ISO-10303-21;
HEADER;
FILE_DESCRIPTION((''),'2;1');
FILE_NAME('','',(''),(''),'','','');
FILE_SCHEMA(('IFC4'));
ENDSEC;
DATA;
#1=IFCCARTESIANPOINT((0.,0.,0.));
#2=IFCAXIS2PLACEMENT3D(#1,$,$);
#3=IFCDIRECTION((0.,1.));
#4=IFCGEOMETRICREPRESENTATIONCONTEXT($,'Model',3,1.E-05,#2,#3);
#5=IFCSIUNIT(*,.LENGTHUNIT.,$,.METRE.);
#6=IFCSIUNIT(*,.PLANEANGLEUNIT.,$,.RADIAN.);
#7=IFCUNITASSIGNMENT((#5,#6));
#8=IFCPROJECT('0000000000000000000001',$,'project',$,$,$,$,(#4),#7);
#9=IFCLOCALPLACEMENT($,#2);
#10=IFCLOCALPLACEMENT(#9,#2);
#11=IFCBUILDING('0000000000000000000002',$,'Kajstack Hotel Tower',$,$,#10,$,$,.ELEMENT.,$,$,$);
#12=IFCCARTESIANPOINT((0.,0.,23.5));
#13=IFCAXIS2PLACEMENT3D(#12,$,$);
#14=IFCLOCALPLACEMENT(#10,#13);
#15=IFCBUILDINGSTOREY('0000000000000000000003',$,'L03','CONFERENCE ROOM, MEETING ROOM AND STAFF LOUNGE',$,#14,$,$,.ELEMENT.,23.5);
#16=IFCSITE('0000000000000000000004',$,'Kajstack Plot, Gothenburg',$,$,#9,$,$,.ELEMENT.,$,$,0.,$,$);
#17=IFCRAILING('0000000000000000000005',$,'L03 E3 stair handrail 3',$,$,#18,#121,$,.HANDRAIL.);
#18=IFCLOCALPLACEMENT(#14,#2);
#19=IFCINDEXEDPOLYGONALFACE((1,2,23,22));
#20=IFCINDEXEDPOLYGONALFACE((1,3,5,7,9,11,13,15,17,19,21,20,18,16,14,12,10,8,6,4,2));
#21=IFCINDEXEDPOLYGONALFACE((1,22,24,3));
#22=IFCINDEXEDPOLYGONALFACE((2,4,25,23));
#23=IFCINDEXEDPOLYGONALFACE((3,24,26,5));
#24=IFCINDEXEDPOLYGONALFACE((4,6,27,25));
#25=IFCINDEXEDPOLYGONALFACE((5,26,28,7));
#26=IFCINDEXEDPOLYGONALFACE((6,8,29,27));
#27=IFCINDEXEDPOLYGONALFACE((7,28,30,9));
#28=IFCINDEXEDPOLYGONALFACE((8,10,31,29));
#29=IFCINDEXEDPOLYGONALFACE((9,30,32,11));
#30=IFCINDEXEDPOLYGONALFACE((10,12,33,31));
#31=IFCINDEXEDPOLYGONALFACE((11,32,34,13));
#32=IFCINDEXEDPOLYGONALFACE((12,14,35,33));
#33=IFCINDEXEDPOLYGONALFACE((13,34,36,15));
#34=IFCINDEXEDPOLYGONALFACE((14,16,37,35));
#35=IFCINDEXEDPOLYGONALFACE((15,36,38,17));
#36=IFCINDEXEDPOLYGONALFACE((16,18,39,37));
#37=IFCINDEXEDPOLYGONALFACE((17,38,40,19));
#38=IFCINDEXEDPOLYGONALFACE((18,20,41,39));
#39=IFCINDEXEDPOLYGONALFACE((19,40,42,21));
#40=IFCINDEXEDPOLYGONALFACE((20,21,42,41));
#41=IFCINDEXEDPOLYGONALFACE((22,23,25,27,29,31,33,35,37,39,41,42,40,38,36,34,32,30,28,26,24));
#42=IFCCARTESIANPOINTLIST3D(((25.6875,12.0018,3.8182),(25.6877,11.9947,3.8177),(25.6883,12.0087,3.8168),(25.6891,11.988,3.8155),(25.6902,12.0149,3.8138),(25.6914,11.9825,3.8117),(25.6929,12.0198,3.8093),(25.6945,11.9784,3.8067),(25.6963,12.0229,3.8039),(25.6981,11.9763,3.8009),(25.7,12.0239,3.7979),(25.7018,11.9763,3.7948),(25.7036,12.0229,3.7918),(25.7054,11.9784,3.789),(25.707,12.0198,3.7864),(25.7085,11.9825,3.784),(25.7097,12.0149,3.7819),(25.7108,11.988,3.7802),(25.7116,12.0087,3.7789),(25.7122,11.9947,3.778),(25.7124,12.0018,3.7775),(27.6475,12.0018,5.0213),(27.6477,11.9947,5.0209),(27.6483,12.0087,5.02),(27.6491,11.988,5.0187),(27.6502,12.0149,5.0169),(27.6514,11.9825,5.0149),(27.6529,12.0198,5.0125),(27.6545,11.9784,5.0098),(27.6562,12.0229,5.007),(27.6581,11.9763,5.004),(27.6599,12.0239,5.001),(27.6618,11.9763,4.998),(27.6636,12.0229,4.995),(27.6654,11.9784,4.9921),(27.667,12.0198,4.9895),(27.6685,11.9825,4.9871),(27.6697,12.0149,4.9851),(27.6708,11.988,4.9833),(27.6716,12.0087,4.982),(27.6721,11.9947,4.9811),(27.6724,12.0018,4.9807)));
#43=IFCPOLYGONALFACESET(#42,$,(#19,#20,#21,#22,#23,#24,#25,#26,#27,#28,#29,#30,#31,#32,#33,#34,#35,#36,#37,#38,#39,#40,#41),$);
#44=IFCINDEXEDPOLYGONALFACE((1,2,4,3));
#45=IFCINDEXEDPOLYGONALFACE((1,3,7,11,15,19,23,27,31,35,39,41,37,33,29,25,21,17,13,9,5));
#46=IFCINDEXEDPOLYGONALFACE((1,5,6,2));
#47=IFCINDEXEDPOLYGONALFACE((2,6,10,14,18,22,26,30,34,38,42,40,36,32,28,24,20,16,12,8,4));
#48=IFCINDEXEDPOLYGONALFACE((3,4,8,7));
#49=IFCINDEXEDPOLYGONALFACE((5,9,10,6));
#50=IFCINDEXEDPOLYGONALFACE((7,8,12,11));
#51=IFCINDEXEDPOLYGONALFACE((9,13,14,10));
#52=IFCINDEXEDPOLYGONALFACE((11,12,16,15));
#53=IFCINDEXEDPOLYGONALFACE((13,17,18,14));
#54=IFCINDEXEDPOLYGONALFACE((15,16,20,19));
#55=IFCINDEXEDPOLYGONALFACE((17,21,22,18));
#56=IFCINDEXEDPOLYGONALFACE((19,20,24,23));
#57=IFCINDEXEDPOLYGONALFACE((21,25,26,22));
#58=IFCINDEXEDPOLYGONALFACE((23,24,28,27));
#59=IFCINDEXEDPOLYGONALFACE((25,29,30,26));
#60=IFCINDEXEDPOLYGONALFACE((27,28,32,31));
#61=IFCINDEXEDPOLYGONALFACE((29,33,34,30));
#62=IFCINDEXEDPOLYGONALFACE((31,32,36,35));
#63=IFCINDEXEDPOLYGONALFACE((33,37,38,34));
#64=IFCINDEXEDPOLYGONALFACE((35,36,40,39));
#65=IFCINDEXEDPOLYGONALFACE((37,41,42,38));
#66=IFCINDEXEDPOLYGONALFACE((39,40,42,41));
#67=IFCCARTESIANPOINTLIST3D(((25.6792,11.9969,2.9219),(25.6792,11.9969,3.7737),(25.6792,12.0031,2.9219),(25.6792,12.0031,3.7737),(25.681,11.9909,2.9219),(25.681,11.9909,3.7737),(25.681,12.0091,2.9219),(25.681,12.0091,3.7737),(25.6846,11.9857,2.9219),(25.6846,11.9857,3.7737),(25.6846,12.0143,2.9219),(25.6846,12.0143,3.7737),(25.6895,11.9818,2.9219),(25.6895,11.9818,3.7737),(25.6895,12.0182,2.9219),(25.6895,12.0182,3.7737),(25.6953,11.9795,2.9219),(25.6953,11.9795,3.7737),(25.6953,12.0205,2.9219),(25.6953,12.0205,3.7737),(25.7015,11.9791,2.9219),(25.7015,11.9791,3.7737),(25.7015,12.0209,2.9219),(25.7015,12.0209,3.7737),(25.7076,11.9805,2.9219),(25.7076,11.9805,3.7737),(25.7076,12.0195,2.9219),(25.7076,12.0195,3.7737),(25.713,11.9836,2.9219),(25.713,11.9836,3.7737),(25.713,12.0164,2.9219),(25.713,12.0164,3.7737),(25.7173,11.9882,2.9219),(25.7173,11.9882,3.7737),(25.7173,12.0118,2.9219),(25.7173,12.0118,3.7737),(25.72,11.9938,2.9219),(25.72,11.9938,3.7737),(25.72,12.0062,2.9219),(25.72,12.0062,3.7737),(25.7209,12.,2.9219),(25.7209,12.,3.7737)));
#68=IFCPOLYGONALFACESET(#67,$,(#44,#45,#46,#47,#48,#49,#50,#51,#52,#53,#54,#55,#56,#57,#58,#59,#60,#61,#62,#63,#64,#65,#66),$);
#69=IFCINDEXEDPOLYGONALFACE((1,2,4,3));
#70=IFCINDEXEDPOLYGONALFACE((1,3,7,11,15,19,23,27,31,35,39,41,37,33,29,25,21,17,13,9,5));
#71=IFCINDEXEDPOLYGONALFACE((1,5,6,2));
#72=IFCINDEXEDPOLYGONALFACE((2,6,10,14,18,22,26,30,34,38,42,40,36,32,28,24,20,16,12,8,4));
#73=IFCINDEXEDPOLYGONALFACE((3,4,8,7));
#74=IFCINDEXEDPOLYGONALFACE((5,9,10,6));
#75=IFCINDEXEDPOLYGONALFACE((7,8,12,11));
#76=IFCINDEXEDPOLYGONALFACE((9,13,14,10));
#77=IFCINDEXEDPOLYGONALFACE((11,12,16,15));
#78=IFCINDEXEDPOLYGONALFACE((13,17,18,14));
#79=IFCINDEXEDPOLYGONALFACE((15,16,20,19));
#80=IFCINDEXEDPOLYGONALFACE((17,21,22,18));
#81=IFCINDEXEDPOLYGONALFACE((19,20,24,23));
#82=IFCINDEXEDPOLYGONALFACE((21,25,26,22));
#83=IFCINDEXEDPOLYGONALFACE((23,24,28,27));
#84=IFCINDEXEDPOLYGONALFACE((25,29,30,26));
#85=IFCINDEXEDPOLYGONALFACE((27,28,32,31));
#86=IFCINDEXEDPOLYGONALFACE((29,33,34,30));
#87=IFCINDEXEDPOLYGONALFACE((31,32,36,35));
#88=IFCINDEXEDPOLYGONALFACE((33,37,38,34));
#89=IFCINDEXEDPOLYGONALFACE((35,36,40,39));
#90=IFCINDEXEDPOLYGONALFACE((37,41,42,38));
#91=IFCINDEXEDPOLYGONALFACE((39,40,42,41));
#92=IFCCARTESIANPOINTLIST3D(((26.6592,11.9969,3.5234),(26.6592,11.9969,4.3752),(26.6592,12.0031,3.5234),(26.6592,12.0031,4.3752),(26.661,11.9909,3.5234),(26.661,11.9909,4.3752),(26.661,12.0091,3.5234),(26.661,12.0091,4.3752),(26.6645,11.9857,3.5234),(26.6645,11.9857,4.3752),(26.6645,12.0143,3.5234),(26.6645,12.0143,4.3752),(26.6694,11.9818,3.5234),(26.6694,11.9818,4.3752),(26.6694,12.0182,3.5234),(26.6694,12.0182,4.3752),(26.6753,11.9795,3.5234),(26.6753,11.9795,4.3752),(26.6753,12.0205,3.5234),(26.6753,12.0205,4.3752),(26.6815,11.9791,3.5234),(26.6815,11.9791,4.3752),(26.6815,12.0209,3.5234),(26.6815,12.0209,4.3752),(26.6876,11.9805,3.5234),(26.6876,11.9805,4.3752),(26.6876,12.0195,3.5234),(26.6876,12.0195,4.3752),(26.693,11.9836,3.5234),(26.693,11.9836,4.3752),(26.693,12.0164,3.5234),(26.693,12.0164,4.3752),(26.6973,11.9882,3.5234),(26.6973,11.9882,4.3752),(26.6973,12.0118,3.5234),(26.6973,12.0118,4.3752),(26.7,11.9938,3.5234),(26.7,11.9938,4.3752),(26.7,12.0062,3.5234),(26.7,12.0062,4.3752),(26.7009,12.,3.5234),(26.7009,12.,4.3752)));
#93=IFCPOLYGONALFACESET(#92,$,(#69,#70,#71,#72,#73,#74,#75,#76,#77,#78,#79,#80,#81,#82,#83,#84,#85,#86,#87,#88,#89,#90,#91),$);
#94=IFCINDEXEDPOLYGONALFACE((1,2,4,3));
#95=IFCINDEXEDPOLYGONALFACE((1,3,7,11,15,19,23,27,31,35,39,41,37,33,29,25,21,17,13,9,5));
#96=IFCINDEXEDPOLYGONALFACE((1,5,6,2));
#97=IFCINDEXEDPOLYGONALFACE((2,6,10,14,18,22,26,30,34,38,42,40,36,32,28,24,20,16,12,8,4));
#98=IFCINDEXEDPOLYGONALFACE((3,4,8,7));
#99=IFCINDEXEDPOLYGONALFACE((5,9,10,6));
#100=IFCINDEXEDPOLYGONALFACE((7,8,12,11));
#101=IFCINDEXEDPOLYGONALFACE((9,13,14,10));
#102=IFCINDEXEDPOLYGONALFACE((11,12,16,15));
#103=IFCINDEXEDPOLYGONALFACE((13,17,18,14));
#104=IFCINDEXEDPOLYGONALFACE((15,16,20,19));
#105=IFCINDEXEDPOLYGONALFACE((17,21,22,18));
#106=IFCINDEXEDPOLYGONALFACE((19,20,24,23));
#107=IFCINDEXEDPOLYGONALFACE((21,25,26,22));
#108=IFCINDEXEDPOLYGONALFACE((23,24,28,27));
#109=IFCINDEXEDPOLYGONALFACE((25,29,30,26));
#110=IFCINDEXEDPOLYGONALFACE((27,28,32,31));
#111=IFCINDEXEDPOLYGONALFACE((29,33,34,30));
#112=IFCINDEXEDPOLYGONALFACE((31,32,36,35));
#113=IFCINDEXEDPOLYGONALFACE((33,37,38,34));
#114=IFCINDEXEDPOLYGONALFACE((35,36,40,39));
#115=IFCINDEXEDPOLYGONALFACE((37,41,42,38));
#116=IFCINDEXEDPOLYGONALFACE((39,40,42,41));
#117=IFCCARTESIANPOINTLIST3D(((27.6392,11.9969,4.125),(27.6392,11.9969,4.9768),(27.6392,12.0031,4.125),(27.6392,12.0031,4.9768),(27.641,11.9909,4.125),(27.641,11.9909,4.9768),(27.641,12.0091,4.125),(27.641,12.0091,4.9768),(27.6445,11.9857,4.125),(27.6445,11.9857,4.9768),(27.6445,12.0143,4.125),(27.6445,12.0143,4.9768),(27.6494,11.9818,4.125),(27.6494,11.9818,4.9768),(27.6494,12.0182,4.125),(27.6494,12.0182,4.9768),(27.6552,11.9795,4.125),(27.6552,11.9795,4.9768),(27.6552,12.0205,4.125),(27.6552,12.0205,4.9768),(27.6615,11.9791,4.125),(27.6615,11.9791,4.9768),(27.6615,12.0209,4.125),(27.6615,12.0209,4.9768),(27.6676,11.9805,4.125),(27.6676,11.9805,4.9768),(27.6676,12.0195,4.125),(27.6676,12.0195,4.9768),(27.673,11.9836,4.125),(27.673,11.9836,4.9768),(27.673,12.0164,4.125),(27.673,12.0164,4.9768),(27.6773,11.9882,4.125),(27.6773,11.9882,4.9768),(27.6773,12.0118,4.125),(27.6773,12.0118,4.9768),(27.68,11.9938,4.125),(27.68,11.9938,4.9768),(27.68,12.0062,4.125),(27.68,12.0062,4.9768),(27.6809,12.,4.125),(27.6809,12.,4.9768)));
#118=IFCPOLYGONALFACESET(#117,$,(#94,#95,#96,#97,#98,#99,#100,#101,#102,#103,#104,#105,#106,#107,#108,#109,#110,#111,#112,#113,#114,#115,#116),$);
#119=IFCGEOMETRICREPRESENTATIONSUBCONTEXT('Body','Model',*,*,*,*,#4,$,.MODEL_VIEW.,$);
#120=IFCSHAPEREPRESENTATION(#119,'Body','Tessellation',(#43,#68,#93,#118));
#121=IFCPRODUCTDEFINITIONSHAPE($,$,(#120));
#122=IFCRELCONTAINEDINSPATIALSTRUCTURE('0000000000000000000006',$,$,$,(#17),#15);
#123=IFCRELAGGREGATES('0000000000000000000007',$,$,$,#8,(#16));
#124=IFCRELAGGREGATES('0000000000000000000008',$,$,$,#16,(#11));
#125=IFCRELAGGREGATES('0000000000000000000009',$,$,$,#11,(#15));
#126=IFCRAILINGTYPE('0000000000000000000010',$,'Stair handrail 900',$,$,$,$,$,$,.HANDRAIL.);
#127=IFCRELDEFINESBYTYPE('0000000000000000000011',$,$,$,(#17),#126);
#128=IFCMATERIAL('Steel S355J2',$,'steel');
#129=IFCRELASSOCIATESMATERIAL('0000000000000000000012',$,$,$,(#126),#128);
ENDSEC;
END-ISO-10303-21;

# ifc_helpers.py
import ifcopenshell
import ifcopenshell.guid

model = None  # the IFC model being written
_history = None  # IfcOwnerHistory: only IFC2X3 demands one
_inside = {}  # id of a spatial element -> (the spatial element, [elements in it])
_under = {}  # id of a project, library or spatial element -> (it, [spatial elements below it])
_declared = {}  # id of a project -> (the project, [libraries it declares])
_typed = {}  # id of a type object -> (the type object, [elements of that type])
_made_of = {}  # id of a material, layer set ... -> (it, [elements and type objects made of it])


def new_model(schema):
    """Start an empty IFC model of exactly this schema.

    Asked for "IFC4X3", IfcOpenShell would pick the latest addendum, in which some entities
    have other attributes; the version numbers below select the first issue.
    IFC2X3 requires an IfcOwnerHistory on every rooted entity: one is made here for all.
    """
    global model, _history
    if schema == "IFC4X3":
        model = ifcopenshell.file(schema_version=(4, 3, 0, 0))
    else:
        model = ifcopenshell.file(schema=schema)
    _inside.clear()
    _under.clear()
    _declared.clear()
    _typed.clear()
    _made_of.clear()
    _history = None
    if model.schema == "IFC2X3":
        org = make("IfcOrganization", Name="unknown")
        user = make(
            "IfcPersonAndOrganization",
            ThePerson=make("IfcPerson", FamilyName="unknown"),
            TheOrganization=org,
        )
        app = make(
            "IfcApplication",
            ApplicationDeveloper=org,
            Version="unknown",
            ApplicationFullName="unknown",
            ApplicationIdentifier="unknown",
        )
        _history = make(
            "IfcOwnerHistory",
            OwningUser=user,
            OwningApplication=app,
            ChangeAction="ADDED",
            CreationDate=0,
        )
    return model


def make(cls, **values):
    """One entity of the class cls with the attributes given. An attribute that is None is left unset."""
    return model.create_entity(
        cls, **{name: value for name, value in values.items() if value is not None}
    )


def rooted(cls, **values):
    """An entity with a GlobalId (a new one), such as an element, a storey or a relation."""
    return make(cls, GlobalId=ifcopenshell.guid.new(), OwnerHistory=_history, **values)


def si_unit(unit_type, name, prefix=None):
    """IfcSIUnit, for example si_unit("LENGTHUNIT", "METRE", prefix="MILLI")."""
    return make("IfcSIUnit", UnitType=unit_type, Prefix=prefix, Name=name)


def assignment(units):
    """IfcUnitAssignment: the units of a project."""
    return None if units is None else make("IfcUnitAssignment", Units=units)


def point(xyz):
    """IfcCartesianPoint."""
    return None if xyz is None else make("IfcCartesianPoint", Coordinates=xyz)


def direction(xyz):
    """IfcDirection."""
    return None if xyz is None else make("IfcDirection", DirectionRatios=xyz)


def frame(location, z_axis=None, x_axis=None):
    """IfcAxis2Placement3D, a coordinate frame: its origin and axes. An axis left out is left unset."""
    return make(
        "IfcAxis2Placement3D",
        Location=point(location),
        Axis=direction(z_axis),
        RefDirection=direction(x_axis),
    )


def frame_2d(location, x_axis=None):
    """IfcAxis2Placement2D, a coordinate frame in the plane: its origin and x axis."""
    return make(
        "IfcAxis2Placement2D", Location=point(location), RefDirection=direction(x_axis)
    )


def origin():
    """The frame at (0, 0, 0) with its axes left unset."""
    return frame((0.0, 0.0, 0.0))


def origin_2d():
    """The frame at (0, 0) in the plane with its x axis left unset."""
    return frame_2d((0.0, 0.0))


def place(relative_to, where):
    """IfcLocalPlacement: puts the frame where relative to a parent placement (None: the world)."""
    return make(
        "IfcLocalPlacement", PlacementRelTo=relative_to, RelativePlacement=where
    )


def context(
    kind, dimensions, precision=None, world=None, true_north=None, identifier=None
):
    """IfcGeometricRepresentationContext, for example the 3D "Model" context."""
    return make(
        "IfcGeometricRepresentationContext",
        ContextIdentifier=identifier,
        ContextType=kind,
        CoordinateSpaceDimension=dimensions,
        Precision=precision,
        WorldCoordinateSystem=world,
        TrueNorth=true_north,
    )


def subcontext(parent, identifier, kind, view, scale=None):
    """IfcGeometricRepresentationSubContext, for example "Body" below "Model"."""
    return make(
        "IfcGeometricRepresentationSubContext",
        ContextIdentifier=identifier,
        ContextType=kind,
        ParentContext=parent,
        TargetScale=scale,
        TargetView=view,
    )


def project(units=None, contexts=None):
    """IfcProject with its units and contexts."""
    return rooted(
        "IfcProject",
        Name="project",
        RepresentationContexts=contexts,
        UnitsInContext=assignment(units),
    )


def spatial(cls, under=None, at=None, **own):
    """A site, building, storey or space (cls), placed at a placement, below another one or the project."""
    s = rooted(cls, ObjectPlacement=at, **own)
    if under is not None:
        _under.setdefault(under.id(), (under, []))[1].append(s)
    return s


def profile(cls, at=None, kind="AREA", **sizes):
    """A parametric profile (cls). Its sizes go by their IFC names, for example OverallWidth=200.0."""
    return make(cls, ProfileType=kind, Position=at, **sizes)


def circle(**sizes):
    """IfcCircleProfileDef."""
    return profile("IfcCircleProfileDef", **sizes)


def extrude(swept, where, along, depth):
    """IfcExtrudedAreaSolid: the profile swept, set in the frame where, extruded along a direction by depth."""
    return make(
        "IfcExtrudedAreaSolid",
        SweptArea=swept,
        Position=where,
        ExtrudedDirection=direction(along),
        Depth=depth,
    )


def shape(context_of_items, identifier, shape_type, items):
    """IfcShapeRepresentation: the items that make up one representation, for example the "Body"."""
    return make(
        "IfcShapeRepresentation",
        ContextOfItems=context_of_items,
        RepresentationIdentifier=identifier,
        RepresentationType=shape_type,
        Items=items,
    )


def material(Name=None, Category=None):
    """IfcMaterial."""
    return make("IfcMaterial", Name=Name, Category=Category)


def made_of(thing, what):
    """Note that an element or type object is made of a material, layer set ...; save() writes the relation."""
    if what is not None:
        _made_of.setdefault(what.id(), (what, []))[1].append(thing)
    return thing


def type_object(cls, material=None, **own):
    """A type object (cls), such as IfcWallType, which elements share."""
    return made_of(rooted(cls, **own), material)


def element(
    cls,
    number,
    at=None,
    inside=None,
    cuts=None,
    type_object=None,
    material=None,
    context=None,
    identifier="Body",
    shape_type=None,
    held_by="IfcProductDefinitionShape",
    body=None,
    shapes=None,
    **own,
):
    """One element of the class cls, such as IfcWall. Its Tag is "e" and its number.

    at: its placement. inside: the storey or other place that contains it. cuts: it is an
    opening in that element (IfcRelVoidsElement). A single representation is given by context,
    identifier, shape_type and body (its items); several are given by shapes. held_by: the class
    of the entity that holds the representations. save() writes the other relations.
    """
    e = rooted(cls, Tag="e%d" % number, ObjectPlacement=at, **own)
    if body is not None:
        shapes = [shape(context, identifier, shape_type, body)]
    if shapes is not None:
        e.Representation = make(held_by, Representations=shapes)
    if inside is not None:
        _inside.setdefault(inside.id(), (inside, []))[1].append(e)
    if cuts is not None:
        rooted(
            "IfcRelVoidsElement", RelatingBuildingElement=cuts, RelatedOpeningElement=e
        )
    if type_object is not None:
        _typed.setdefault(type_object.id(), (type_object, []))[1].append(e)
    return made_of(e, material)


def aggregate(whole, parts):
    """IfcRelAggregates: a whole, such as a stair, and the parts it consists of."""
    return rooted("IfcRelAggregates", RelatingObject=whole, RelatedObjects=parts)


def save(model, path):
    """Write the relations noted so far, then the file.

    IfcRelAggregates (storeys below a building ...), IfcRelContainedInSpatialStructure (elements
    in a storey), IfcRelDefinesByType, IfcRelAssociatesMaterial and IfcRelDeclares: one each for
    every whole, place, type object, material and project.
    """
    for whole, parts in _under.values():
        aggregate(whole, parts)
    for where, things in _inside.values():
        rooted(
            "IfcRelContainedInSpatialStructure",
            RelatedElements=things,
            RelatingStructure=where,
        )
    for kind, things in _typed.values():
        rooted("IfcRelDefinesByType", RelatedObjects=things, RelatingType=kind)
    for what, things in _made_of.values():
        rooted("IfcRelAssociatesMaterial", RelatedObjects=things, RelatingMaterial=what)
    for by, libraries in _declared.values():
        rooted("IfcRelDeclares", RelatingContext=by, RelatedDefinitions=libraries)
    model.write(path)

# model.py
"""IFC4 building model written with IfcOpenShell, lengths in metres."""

from ifc_helpers import new_model, si_unit, direction, frame, origin, origin_2d, place, context, subcontext, project, spatial, circle, extrude, material, type_object, element, save


model = new_model("IFC4")

# Units and contexts
model_context = context("Model", 3, precision=1e-05, world=origin(), true_north=direction((0.0, 1.0)))
body_context = subcontext(model_context, "Body", "Model", "MODEL_VIEW")
ifc_project = project(units=[si_unit("LENGTHUNIT", "METRE"), si_unit("PLANEANGLEUNIT", "RADIAN")], contexts=[model_context])

# Site, building, storey
site_placement = place(None, origin())
site = spatial("IfcSite", under=ifc_project, at=site_placement, Name="Kajstack Plot, Gothenburg", CompositionType="ELEMENT", RefElevation=0.0)
building_placement = place(site_placement, origin())
building = spatial("IfcBuilding", under=site, at=building_placement, Name="Kajstack Hotel Tower", CompositionType="ELEMENT")
storey_placement = place(building_placement, frame((0.0, 0.0, 23.5)))
storey = spatial("IfcBuildingStorey", under=building, at=storey_placement, Name="L03", Description="CONFERENCE ROOM, MEETING ROOM AND STAFF LOUNGE", CompositionType="ELEMENT", Elevation=23.5)

# Railing
ifc_material_1 = material(Name="Steel S355J2", Category="steel")
railing_type_1 = type_object("IfcRailingType", Name="Stair handrail 900", PredefinedType="HANDRAIL", material=ifc_material_1)
railing_1_placement = place(storey_placement, frame((25.7, 12.0, 2.9219)))
element("IfcRailing", 1, at=railing_1_placement, inside=storey, type_object=railing_type_1, Name="L03 E3 stair handrail 3", PredefinedType="HANDRAIL", context=body_context, shape_type="SweptSolid", body=[
    extrude(circle(Radius=0.0239, at=origin_2d()), frame((0.0, 0.0, 0.876), z_axis=(0.852241, 0.0, 0.523149), x_axis=(0.0, 1.0, 0.0)), (0.0, 0.0, 1.0), 2.2998),
    extrude(circle(Radius=0.021, at=origin_2d()), origin(), (0.0, 0.0, 1.0), 0.8518),
    extrude(circle(Radius=0.021, at=origin_2d()), frame((0.98, 0.0, 0.6016)), (0.0, 0.0, 1.0), 0.8518),
    extrude(circle(Radius=0.021, at=origin_2d()), frame((1.96, 0.0, 1.2031)), (0.0, 0.0, 1.0), 0.8518),
])

save(model, "model.ifc")
